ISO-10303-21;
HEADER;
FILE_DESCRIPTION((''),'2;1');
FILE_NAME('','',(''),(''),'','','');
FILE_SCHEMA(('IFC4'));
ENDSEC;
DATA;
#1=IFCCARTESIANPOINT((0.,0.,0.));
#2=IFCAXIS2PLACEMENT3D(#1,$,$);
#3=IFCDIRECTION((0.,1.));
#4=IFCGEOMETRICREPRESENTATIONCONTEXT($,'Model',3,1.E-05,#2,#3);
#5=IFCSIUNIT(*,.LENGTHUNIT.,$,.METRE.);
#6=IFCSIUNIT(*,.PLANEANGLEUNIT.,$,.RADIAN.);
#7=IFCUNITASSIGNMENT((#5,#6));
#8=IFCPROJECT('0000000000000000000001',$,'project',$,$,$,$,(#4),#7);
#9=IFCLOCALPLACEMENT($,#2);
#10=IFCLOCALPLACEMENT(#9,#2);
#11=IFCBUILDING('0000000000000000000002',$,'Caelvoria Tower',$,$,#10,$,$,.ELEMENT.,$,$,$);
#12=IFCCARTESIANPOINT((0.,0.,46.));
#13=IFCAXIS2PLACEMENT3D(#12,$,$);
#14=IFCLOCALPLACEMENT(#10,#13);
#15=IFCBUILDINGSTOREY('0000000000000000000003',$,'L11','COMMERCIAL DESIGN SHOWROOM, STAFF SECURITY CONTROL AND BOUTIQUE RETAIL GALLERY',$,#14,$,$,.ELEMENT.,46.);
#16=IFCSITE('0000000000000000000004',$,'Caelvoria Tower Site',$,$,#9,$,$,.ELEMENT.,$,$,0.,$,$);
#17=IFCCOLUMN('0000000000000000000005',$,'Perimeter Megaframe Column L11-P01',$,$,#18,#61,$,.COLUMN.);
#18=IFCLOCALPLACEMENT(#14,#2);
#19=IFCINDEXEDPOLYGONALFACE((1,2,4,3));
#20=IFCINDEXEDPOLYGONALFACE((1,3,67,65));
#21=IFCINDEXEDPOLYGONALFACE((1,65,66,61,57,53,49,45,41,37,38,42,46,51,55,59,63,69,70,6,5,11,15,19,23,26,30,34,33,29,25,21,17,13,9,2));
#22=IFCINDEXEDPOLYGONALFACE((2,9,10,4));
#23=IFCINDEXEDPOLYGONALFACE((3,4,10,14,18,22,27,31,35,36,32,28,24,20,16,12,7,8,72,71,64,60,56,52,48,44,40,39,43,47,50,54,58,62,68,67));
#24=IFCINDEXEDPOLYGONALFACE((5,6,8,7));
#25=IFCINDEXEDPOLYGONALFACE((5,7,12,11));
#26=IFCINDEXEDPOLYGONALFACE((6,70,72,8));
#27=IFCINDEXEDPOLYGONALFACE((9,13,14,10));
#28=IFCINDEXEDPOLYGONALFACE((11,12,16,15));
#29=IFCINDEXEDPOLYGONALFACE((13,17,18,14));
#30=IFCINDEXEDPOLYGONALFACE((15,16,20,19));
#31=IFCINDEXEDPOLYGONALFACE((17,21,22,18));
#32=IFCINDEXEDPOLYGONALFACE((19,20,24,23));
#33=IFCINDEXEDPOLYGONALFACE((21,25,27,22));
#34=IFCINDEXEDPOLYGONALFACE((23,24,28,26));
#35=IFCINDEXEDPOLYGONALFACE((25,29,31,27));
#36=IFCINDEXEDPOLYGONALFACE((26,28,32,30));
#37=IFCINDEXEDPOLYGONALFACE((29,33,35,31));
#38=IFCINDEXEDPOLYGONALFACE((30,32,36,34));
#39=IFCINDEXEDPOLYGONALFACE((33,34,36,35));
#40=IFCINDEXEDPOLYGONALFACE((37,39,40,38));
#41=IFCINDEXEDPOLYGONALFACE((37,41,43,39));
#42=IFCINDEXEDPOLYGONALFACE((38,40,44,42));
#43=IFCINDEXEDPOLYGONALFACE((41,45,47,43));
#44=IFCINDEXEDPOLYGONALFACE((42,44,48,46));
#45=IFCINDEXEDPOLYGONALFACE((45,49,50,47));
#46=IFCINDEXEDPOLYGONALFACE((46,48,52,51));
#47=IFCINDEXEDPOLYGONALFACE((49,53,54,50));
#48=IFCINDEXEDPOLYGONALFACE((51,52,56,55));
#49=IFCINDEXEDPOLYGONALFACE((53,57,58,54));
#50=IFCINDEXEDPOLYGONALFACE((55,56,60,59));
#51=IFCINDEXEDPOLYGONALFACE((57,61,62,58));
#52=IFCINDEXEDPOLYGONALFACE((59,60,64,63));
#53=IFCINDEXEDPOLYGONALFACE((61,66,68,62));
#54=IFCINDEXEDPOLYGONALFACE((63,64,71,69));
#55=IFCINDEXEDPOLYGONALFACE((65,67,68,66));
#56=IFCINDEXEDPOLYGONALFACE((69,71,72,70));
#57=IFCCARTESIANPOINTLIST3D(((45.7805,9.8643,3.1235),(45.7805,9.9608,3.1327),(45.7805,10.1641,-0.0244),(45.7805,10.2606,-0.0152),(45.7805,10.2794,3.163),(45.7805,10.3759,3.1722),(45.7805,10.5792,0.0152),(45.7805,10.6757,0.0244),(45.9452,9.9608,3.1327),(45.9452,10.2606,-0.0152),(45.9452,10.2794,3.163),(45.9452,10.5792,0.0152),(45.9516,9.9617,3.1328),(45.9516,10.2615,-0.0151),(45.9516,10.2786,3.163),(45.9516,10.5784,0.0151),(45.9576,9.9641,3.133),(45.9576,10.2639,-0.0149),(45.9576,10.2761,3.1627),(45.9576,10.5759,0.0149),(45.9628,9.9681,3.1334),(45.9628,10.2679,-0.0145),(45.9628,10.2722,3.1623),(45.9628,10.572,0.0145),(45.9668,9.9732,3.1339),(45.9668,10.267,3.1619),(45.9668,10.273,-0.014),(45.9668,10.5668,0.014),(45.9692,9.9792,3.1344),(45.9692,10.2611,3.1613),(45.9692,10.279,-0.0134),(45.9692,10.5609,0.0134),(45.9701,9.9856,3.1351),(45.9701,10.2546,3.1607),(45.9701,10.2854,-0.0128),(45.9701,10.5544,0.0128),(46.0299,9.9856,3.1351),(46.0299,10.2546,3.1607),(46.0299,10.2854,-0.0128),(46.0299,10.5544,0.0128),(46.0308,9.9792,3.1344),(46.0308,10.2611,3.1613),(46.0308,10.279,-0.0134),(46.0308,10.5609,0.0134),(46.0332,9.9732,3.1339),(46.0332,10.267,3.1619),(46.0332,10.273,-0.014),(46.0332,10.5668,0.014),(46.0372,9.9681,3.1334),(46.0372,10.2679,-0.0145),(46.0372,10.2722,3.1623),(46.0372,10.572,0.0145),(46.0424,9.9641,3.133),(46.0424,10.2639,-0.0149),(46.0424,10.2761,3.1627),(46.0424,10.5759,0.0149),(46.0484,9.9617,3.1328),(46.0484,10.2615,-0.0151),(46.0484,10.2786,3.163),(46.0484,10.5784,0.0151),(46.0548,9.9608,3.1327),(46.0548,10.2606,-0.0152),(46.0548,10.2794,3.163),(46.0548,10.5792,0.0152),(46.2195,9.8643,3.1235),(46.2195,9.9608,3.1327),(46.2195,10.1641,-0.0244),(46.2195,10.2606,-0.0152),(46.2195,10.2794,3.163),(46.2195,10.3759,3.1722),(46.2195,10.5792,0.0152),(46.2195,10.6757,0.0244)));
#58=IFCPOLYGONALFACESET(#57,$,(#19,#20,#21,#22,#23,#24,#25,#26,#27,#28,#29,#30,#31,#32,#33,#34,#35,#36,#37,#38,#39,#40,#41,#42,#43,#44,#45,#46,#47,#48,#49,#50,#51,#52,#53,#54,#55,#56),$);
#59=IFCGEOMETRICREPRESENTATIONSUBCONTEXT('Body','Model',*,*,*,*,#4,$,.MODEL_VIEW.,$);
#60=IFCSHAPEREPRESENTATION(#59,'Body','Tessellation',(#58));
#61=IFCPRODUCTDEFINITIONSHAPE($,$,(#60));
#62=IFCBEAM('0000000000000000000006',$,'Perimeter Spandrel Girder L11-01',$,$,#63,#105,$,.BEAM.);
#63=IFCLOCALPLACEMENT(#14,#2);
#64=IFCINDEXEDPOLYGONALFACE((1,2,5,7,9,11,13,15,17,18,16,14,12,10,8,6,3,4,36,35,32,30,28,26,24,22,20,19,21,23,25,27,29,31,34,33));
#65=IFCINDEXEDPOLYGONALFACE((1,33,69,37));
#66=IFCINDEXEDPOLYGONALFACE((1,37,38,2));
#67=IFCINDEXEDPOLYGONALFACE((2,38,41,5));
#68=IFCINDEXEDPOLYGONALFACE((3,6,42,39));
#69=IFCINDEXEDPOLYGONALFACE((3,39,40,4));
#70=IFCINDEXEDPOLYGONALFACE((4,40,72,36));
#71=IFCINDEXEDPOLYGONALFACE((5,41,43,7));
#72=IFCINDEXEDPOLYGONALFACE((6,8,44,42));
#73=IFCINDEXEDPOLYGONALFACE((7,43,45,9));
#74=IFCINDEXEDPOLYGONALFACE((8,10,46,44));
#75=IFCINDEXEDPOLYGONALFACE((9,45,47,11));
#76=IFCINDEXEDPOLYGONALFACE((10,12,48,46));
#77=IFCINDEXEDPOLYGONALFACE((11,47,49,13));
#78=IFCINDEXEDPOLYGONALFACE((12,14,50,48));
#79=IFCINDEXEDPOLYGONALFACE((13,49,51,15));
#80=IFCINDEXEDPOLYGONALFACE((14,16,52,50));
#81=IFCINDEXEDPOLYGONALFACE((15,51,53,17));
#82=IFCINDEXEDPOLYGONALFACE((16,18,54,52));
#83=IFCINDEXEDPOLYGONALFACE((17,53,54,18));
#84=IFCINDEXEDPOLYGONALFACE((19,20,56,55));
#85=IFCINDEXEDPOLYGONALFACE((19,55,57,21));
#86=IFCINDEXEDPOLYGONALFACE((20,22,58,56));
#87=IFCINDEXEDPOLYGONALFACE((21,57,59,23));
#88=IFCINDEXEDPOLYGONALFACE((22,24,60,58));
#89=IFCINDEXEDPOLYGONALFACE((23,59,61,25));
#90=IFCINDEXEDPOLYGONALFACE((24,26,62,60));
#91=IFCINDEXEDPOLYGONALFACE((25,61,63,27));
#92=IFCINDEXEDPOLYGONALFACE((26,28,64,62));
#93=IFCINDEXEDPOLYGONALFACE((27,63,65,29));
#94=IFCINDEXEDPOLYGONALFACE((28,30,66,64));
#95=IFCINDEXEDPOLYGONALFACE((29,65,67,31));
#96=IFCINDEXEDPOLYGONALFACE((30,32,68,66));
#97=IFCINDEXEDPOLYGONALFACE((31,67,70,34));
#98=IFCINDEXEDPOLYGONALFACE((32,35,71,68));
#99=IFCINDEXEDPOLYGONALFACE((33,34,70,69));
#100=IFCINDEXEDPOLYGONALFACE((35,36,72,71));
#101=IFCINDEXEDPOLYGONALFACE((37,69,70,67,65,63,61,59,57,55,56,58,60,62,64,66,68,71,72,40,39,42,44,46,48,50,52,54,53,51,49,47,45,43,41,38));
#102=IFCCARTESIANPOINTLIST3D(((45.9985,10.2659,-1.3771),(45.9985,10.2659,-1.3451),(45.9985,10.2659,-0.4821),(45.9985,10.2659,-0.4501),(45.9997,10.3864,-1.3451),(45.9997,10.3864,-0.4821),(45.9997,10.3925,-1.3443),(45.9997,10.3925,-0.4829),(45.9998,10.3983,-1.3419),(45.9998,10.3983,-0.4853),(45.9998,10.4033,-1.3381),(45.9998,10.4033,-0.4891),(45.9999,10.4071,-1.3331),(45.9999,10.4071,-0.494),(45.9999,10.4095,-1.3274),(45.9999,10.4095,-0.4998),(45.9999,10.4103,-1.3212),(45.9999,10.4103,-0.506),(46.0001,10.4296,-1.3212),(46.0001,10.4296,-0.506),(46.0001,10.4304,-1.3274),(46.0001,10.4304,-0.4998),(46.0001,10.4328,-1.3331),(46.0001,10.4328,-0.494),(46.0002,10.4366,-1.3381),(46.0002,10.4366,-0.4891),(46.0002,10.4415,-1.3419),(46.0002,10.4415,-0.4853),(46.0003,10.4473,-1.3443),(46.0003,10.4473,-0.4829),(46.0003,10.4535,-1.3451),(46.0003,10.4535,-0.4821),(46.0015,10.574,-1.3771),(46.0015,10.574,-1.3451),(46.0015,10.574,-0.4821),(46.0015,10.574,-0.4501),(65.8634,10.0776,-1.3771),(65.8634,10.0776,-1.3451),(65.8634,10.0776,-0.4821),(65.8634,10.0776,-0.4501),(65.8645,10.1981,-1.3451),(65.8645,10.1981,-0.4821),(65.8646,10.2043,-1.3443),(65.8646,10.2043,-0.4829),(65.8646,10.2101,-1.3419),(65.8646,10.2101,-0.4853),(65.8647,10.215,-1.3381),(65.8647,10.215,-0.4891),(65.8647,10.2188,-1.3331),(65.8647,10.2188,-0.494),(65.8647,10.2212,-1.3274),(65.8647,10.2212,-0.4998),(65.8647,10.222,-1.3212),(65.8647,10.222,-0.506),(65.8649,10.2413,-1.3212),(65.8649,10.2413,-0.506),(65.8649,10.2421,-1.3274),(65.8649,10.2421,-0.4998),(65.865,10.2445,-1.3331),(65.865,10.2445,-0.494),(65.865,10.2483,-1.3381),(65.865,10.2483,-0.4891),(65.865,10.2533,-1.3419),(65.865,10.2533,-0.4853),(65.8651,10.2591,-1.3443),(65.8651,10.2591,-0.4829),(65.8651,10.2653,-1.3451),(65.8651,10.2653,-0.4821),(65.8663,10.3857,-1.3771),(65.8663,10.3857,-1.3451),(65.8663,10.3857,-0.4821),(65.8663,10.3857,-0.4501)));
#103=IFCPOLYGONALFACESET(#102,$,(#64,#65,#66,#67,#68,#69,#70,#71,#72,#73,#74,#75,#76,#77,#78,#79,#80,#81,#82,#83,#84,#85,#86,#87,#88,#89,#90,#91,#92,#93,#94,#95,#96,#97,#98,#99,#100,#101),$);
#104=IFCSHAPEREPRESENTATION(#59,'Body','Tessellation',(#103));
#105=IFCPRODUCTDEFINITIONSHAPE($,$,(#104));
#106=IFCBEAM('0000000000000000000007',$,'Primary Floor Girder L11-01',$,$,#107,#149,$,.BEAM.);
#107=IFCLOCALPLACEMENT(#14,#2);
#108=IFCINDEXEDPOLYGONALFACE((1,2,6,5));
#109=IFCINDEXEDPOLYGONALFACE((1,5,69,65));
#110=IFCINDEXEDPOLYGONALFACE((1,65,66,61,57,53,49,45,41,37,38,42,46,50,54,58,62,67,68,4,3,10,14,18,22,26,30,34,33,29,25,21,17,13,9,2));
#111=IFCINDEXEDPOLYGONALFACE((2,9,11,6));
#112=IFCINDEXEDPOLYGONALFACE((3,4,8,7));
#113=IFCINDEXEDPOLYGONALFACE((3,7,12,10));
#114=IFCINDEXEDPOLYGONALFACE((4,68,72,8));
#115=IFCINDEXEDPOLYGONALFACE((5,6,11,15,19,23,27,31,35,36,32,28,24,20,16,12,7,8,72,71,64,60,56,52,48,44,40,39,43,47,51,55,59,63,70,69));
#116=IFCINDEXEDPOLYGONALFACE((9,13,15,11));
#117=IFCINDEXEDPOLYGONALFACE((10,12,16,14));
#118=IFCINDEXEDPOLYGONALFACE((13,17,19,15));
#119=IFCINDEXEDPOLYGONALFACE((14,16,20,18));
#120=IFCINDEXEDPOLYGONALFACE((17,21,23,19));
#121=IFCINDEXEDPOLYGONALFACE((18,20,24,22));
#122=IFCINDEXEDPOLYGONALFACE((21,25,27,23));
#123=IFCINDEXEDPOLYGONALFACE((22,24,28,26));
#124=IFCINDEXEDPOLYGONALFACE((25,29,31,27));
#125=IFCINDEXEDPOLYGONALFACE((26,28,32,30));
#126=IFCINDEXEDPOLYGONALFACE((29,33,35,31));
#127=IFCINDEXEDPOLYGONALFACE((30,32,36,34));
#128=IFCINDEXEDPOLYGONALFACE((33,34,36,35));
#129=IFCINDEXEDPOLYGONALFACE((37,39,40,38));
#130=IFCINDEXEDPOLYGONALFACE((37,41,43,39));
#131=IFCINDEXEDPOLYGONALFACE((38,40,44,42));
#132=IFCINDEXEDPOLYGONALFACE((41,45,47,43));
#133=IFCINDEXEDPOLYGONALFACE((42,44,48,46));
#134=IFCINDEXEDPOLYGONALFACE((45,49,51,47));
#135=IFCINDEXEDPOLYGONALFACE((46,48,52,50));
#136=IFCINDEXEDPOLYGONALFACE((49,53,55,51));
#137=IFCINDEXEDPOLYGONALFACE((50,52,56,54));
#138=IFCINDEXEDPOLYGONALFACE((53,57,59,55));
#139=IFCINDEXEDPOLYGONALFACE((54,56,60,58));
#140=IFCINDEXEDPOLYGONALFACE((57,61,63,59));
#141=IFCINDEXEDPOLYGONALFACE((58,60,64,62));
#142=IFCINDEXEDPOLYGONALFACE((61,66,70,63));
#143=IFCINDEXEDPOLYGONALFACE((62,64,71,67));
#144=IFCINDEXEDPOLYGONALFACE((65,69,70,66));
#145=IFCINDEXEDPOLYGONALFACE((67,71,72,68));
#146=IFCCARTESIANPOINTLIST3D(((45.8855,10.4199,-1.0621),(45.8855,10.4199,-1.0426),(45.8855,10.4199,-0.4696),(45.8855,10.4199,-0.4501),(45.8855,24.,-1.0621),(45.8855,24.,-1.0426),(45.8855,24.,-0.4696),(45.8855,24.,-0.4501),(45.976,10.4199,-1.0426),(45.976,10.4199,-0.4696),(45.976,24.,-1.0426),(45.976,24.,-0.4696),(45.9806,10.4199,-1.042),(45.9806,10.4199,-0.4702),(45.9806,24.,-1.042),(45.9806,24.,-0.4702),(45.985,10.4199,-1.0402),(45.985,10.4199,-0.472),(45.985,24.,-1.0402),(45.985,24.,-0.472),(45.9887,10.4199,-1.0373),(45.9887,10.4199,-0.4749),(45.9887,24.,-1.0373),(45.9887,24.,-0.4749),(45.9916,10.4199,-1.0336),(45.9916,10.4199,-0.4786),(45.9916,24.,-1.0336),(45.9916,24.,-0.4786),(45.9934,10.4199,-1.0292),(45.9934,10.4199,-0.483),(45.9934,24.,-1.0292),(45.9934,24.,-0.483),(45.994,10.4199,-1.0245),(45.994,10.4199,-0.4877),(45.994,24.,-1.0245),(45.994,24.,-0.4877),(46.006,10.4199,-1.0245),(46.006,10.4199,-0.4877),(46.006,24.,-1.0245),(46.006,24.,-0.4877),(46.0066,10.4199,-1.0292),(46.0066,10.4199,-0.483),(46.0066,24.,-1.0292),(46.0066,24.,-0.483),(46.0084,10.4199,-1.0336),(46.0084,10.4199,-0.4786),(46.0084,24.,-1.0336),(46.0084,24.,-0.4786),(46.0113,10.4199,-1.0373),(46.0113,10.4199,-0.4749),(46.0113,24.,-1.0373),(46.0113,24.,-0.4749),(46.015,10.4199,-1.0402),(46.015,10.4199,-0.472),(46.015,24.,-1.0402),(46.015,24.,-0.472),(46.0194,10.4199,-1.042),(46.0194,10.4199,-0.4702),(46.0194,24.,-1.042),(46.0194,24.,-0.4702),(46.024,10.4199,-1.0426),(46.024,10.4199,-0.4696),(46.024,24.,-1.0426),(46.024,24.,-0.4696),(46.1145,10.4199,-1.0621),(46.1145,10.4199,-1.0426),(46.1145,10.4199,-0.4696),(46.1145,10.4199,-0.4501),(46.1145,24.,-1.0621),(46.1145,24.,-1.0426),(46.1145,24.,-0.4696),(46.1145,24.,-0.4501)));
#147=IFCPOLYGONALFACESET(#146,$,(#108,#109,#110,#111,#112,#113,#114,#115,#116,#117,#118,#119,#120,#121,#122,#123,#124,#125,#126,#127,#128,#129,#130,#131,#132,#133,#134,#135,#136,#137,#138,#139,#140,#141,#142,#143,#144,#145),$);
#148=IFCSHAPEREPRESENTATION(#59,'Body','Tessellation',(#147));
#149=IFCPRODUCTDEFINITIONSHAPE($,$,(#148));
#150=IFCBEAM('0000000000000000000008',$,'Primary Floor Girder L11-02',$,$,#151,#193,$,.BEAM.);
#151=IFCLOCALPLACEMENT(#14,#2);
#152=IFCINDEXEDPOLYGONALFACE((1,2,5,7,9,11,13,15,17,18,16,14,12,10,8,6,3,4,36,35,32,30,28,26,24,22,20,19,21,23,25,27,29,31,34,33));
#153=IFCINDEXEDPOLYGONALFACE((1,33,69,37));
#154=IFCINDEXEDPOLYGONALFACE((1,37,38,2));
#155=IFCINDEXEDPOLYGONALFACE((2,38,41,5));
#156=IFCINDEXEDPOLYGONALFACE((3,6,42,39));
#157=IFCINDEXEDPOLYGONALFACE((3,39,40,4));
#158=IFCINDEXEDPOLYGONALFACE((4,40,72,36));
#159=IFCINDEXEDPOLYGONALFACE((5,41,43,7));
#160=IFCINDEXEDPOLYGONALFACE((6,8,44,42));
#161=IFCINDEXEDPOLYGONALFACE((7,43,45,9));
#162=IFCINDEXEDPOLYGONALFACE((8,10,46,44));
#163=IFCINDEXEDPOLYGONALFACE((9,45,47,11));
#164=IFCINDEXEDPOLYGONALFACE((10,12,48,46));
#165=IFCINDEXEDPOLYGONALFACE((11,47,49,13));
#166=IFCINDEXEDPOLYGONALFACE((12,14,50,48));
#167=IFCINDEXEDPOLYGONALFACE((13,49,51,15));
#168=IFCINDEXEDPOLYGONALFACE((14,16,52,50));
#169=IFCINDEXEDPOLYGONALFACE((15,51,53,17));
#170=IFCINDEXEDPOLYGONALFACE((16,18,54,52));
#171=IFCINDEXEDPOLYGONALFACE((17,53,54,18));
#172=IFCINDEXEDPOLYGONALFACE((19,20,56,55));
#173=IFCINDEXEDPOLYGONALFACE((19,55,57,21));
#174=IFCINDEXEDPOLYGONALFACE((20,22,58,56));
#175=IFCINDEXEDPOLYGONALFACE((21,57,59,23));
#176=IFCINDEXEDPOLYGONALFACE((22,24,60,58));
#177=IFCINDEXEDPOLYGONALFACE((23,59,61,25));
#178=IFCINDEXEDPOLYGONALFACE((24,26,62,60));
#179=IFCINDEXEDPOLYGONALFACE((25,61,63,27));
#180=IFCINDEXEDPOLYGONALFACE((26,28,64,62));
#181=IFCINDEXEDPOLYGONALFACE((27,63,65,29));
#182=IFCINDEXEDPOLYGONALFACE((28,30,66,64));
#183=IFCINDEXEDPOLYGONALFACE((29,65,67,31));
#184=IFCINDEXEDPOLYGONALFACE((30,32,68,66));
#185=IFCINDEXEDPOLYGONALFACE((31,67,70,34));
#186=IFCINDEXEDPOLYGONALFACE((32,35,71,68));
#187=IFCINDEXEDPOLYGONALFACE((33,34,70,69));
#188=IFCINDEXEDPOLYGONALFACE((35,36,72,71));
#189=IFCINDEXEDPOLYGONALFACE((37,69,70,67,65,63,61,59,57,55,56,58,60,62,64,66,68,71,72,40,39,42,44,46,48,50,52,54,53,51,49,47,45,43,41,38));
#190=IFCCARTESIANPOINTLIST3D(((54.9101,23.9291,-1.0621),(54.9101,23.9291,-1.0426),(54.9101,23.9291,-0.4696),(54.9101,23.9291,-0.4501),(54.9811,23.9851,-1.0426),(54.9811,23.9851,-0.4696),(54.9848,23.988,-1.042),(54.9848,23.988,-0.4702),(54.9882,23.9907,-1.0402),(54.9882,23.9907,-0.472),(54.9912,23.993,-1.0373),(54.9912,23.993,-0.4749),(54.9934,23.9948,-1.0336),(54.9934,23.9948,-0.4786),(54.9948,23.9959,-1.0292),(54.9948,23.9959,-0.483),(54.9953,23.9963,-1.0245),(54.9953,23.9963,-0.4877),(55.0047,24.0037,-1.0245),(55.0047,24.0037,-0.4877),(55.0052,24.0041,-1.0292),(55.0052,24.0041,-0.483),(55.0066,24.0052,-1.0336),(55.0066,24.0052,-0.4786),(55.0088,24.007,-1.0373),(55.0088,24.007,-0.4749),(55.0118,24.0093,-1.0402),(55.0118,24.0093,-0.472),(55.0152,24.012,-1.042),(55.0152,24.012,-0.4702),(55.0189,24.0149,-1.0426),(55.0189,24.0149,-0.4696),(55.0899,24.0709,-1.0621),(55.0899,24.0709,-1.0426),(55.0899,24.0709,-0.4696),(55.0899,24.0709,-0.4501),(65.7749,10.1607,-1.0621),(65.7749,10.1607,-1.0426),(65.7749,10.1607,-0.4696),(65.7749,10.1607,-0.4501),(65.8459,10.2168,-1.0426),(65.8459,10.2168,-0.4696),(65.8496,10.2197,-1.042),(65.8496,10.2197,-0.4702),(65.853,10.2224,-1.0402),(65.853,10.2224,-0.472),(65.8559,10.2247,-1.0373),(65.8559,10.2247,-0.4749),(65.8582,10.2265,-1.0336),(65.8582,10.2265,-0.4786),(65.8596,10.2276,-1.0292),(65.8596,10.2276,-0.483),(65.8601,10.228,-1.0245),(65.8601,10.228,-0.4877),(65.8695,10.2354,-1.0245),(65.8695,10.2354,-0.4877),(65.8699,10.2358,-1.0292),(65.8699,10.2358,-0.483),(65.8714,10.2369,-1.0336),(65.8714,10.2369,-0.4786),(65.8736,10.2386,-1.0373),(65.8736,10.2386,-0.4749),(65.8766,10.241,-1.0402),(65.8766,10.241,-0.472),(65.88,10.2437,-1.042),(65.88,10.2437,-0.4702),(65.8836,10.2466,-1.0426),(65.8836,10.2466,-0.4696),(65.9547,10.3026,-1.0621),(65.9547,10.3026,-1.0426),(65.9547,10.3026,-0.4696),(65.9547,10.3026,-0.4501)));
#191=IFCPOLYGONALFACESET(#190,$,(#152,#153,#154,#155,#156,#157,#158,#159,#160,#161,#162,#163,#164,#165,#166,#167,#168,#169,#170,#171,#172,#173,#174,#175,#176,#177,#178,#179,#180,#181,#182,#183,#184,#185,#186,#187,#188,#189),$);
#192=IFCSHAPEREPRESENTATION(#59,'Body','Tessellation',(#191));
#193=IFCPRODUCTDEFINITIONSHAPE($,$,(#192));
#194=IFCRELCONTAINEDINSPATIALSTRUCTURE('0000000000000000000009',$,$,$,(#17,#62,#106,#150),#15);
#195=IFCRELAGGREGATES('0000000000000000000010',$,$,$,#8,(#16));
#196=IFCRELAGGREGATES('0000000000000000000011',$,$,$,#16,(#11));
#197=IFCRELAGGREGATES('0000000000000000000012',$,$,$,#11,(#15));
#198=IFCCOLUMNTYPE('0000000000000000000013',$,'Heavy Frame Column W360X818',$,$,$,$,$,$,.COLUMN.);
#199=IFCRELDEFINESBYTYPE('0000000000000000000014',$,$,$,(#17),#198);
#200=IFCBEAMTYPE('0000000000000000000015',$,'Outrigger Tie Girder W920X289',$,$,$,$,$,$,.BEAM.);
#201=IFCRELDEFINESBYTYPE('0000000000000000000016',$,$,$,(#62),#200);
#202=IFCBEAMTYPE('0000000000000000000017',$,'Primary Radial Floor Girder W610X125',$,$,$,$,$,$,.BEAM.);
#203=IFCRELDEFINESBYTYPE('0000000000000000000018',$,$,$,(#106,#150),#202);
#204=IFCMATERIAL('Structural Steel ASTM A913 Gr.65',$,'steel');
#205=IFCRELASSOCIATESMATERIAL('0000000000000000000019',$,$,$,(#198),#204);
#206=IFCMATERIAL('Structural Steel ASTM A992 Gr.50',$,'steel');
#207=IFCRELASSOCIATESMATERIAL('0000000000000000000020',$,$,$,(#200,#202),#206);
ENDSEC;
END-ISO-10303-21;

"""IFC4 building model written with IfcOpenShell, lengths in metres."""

from ifc_helpers import new_model, si_unit, direction, frame, origin, origin_2d, place, context, subcontext, project, spatial, i_section, extrude, material, material_profile, profile_set, type_object, element, save


model = new_model("IFC4")

# Units and contexts
model_context = context("Model", 3, precision=1e-05, world=origin(), true_north=direction((0.0, 1.0)))
body_context = subcontext(model_context, "Body", "Model", "MODEL_VIEW")
ifc_project = project(units=[si_unit("LENGTHUNIT", "METRE"), si_unit("PLANEANGLEUNIT", "RADIAN")], contexts=[model_context])

# Site, building, storey
site_placement = place(None, origin())
site = spatial("IfcSite", under=ifc_project, at=site_placement, Name="Caelvoria Tower Site", CompositionType="ELEMENT", RefElevation=0.0)
building_placement = place(site_placement, origin())
building = spatial("IfcBuilding", under=site, at=building_placement, Name="Caelvoria Tower", CompositionType="ELEMENT")
storey_placement = place(building_placement, frame((0.0, 0.0, 46.0)))
storey = spatial("IfcBuildingStorey", under=building, at=storey_placement, Name="L11", Description="COMMERCIAL DESIGN SHOWROOM, STAFF SECURITY CONTROL AND BOUTIQUE RETAIL GALLERY", CompositionType="ELEMENT", Elevation=46.0)

# Column
ifc_material_1 = material(Name="Structural Steel ASTM A913 Gr.65", Category="steel")
ifc_material_profile_1 = material_profile(ifc_material_1, i_section(OverallWidth=0.439, OverallDepth=0.5139, WebThickness=0.0598, FlangeThickness=0.0969, FilletRadius=0.0249, at=origin_2d()), Name="Structural Steel ASTM A913 Gr.65")
ifc_profile_set_1 = profile_set([ifc_material_profile_1], Name="W360X818 - Structural Steel ASTM A913 Gr.65")
column_type = type_object("IfcColumnType", Name="Heavy Frame Column W360X818", PredefinedType="COLUMN", material=ifc_profile_set_1)
column_placement = place(storey_placement, frame((46.0, 10.4199, 0.0), z_axis=(0.0, -0.094809, 0.995495), x_axis=(1.0, 0.0, 0.0)))
element("IfcColumn", 1, at=column_placement, inside=storey, type_object=column_type, Name="Perimeter Megaframe Column L11-P01", PredefinedType="COLUMN", context=body_context, shape_type="SweptSolid", body=[
    extrude(i_section(OverallWidth=0.439, OverallDepth=0.5139, WebThickness=0.0598, FlangeThickness=0.0969, FilletRadius=0.0249, at=origin_2d()), origin(), (0.0, 0.0, 1.0), 3.1621),
])

# Beams
ifc_material_2 = material(Name="Structural Steel ASTM A992 Gr.50", Category="steel")
ifc_material_profile_2 = material_profile(ifc_material_2, i_section(OverallWidth=0.3081, OverallDepth=0.927, WebThickness=0.0193, FlangeThickness=0.032, FilletRadius=0.0239, at=origin_2d()), Name="Structural Steel ASTM A992 Gr.50")
ifc_profile_set_2 = profile_set([ifc_material_profile_2], Name="W920X289 - Structural Steel ASTM A992 Gr.50")
beam_type_1 = type_object("IfcBeamType", Name="Outrigger Tie Girder W920X289", PredefinedType="BEAM", material=ifc_profile_set_2)
beam_1_placement = place(storey_placement, frame((46.0, 10.4199, -0.9136), z_axis=(0.999955, -0.009475, 0.0), x_axis=(0.009475, 0.999955, 0.0)))
element("IfcBeam", 2, at=beam_1_placement, inside=storey, type_object=beam_type_1, Name="Perimeter Spandrel Girder L11-01", PredefinedType="BEAM", context=body_context, shape_type="SweptSolid", body=[
    extrude(i_section(OverallWidth=0.3081, OverallDepth=0.927, WebThickness=0.0193, FlangeThickness=0.032, FilletRadius=0.0239, at=origin_2d()), origin(), (0.0, 0.0, 1.0), 19.8657),
])
ifc_material_profile_3 = material_profile(ifc_material_2, i_section(OverallWidth=0.229, OverallDepth=0.6121, WebThickness=0.012, FlangeThickness=0.0195, FilletRadius=0.0181, at=origin_2d()), Name="Structural Steel ASTM A992 Gr.50")
ifc_profile_set_3 = profile_set([ifc_material_profile_3], Name="W610X125 - Structural Steel ASTM A992 Gr.50")
beam_type_2 = type_object("IfcBeamType", Name="Primary Radial Floor Girder W610X125", PredefinedType="BEAM", material=ifc_profile_set_3)
beam_2_placement = place(storey_placement, frame((46.0, 24.0, -0.7561), z_axis=(0.0, -1.0, 0.0), x_axis=(1.0, 0.0, 0.0)))
element("IfcBeam", 3, at=beam_2_placement, inside=storey, type_object=beam_type_2, Name="Primary Floor Girder L11-01", PredefinedType="BEAM", context=body_context, shape_type="SweptSolid", body=[
    extrude(i_section(OverallWidth=0.229, OverallDepth=0.6121, WebThickness=0.012, FlangeThickness=0.0195, FilletRadius=0.0181, at=origin_2d()), origin(), (0.0, 0.0, 1.0), 13.5801),
])
beam_3_placement = place(storey_placement, frame((55.0, 24.0, -0.7561), z_axis=(0.61947, -0.785021, 0.0), x_axis=(0.785021, 0.61947, 0.0)))
element("IfcBeam", 4, at=beam_3_placement, inside=storey, type_object=beam_type_2, Name="Primary Floor Girder L11-02", PredefinedType="BEAM", context=body_context, shape_type="SweptSolid", body=[
    extrude(i_section(OverallWidth=0.229, OverallDepth=0.6121, WebThickness=0.012, FlangeThickness=0.0195, FilletRadius=0.0181, at=origin_2d()), origin(), (0.0, 0.0, 1.0), 17.5388),
])

save(model, "model.ifc")
